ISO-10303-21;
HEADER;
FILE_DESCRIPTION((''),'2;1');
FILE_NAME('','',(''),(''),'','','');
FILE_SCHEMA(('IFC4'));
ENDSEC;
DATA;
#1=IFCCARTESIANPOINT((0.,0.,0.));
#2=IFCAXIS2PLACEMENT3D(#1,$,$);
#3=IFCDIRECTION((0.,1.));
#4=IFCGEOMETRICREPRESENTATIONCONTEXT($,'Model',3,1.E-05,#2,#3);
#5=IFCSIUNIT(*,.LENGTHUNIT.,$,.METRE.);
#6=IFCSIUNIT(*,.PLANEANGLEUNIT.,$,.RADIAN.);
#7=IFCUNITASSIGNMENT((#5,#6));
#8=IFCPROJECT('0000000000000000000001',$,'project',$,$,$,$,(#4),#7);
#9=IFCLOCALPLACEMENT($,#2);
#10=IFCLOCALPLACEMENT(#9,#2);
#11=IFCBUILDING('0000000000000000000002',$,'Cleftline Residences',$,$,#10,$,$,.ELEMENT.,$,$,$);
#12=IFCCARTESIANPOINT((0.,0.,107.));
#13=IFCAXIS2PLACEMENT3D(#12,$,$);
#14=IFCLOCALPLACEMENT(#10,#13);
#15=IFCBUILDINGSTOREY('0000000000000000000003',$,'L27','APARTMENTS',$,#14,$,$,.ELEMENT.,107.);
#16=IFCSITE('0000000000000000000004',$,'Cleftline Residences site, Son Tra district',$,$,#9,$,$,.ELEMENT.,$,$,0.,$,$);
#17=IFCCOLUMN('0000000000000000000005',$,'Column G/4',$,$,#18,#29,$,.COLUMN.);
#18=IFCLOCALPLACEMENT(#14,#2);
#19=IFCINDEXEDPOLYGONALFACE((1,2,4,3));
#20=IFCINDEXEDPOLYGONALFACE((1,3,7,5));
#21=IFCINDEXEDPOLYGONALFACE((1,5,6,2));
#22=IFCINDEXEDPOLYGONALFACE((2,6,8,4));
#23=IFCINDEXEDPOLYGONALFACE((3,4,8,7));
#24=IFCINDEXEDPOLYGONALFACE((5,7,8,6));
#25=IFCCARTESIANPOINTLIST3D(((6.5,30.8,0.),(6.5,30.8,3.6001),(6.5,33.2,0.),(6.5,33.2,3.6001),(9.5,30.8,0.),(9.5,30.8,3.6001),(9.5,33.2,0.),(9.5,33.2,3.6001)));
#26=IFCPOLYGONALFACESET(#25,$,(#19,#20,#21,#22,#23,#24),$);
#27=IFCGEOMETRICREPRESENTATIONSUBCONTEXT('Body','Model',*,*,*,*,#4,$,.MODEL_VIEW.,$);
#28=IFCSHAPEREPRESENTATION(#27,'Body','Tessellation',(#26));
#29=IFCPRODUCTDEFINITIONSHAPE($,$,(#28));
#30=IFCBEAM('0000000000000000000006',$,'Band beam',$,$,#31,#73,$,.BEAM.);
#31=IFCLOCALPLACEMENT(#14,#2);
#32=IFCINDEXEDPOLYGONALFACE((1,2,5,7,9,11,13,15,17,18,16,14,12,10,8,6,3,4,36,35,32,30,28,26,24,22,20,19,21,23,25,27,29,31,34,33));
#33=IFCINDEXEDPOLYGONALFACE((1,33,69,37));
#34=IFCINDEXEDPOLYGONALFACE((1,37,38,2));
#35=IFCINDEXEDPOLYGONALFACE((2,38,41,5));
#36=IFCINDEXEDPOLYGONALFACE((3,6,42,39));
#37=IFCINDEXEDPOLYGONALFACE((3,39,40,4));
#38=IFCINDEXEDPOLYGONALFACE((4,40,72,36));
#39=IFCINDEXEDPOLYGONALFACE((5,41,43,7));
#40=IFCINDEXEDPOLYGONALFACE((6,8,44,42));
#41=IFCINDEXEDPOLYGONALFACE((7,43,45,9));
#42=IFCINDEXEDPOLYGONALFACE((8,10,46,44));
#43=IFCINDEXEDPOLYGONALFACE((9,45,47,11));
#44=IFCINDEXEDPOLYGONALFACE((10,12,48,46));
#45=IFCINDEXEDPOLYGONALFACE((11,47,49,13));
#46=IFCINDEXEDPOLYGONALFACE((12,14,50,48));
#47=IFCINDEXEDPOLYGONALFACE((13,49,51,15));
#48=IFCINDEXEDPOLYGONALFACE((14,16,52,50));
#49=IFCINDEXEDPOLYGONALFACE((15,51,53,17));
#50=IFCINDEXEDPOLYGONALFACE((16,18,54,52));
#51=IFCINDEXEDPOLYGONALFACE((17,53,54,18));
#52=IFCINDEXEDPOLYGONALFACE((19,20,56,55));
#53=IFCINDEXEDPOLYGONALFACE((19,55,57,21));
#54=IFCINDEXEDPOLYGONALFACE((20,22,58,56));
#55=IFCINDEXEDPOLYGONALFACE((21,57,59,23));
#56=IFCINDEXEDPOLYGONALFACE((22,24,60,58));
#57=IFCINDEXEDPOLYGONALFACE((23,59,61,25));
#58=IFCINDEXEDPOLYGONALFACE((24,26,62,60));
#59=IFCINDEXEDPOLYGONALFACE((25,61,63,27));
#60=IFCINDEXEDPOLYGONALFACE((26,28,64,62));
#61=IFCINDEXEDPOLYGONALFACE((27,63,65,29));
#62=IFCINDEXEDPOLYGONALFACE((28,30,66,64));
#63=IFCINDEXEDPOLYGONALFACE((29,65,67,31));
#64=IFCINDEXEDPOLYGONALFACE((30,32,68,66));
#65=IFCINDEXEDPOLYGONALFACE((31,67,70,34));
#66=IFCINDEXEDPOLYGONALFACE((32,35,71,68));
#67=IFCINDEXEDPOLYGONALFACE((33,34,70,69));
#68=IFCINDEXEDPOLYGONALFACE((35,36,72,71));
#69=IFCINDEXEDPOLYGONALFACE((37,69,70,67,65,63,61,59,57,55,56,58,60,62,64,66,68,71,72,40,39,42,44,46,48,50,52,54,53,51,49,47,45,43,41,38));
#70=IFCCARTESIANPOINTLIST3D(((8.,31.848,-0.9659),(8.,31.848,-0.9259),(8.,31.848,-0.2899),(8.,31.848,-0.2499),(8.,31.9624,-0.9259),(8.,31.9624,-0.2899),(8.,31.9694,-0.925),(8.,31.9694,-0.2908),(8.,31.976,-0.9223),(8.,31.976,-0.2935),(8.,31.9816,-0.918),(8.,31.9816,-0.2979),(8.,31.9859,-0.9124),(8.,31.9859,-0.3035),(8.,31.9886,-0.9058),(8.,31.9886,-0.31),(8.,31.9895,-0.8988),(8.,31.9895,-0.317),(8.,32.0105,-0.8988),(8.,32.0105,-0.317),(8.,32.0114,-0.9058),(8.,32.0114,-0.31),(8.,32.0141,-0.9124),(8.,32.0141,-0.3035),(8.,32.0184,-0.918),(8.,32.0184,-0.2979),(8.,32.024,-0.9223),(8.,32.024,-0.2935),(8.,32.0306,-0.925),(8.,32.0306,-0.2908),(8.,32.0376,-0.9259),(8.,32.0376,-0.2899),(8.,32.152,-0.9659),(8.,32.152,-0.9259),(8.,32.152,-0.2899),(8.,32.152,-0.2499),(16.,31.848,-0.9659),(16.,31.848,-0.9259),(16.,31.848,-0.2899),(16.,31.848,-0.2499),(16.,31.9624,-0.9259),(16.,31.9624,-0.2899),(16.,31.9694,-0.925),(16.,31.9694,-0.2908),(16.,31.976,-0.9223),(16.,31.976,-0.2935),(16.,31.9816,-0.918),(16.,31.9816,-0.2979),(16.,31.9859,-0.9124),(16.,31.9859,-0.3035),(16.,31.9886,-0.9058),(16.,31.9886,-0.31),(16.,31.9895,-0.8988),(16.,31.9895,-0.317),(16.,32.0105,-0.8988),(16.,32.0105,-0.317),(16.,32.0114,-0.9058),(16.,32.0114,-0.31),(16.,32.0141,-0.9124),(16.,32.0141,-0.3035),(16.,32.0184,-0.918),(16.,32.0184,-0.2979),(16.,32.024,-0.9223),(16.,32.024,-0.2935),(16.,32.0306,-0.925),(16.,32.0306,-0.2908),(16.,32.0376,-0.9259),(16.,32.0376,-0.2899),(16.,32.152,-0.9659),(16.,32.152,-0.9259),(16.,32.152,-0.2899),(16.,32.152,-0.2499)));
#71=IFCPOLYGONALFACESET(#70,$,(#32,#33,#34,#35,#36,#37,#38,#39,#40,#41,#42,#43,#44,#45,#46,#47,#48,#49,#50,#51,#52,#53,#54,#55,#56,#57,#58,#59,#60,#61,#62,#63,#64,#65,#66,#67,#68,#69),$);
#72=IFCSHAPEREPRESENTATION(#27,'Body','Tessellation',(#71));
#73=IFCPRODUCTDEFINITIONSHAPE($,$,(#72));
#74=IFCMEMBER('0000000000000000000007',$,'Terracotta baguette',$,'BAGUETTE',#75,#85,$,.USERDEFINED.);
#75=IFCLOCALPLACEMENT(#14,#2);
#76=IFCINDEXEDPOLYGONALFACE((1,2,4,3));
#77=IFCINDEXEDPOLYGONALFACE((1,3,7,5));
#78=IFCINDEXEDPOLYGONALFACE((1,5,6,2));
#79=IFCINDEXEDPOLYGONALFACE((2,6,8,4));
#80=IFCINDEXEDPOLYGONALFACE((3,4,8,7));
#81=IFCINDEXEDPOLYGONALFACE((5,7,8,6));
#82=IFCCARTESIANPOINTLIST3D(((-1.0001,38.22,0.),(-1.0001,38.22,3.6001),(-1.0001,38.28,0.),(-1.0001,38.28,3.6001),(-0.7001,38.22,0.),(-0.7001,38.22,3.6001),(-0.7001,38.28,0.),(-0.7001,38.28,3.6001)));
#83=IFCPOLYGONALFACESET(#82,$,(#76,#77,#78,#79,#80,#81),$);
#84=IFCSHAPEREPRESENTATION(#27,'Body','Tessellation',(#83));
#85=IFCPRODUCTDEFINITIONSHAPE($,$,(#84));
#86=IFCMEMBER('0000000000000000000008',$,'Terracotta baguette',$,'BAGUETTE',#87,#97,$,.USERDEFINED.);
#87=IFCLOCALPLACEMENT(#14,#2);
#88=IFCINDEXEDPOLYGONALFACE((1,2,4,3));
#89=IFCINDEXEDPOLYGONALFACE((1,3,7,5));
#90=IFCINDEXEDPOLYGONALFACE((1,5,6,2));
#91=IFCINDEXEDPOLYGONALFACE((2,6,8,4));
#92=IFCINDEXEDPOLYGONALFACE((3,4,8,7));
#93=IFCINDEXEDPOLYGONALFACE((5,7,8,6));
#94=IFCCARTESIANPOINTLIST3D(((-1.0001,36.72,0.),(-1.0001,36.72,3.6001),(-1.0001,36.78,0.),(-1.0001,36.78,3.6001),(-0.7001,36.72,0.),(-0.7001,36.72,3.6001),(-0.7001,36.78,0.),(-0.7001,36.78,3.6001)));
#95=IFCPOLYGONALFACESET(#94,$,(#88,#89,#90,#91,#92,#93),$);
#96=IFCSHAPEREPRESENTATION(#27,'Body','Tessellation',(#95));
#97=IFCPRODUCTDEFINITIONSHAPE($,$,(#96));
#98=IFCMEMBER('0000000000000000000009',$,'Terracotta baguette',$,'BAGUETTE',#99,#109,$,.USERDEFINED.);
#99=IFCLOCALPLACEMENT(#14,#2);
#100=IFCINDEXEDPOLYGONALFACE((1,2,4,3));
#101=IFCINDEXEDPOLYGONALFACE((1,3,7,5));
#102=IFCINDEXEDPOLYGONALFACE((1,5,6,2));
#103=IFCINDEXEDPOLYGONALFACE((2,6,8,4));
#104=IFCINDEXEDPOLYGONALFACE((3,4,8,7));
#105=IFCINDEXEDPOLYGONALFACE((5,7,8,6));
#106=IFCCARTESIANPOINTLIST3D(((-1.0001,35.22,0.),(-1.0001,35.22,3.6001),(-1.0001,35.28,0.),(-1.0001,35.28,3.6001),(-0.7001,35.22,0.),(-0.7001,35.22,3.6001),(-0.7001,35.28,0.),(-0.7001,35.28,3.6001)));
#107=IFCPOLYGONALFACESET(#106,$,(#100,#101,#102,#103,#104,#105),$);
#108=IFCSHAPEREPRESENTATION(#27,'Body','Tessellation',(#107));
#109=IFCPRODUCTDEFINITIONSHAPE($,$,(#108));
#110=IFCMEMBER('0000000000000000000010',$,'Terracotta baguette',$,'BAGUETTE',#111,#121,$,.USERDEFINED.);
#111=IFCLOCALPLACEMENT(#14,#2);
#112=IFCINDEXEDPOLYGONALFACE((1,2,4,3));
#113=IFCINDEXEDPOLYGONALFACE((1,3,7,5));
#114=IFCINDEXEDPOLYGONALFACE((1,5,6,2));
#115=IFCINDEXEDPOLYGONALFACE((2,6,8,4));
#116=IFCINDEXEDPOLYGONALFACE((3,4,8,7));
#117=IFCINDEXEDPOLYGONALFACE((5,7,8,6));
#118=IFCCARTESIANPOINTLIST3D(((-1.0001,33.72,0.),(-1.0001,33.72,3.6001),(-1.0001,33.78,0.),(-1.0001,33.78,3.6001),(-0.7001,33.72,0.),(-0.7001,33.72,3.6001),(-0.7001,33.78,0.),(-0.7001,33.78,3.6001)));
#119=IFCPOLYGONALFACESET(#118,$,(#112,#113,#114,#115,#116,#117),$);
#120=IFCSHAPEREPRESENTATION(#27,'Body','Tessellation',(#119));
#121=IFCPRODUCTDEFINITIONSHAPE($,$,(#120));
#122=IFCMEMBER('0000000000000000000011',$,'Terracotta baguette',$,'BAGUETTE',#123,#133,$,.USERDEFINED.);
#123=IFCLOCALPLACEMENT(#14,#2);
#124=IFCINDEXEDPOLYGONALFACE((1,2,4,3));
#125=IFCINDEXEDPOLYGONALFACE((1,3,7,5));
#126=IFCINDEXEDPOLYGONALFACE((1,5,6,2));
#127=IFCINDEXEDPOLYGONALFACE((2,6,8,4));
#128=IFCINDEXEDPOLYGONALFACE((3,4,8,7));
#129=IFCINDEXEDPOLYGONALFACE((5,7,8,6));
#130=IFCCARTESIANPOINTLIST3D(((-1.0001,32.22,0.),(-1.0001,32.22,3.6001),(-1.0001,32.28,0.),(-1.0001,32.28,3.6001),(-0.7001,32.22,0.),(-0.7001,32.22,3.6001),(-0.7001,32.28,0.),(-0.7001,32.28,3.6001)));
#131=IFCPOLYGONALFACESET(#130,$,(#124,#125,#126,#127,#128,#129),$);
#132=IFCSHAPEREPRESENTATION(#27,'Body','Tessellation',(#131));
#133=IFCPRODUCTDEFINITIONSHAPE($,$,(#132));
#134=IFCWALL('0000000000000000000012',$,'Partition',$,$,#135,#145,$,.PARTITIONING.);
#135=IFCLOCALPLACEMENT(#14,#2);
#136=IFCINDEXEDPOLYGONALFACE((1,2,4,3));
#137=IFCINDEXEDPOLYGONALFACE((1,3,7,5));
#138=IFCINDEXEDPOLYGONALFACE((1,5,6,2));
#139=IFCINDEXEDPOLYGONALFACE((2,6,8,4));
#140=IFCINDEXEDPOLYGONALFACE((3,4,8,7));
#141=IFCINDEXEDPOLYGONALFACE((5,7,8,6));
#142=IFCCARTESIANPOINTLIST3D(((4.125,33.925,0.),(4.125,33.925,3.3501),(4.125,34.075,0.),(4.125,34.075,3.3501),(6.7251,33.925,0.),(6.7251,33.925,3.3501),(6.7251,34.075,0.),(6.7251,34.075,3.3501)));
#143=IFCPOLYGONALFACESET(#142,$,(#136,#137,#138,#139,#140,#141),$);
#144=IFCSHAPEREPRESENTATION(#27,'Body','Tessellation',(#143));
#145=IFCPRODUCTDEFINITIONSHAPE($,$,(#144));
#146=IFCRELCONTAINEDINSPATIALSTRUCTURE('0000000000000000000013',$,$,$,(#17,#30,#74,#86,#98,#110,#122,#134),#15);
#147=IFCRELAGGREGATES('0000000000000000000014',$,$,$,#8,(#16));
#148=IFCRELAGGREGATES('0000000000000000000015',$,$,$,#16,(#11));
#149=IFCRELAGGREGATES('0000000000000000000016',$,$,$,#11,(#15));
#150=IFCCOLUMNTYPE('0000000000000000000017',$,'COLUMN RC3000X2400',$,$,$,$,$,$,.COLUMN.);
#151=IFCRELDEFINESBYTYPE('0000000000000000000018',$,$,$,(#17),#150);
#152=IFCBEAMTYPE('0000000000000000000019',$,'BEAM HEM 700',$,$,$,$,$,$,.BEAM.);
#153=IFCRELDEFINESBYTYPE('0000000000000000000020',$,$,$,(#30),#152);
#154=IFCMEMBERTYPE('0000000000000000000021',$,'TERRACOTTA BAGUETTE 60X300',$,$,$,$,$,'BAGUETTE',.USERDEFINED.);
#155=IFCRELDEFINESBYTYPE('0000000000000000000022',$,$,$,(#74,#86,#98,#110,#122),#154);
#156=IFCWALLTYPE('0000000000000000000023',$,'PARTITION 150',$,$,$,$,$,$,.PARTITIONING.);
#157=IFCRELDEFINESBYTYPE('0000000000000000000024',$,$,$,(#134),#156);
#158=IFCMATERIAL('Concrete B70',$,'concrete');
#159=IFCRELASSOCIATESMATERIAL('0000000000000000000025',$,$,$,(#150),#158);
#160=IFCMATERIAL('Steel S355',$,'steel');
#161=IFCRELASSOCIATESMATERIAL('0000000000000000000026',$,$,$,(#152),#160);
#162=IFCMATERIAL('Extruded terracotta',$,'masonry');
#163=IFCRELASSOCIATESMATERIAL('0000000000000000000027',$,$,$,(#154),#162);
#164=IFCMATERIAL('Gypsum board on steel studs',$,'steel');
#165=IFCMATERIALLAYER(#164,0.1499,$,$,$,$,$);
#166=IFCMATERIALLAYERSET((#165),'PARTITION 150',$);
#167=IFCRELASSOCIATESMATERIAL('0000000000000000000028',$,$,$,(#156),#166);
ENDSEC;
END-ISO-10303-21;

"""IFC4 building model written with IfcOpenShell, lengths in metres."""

from ifc_helpers import new_model, si_unit, direction, frame, frame_2d, origin, origin_2d, place, context, subcontext, project, spatial, rectangle, i_section, extrude, material, layer, layer_set, material_profile, profile_set, type_object, element, save


model = new_model("IFC4")

# Units and contexts
model_context = context("Model", 3, precision=1e-05, world=origin(), true_north=direction((0.0, 1.0)))
body_context = subcontext(model_context, "Body", "Model", "MODEL_VIEW")
ifc_project = project(units=[si_unit("LENGTHUNIT", "METRE"), si_unit("PLANEANGLEUNIT", "RADIAN")], contexts=[model_context])

# Site, building, storey
site_placement = place(None, origin())
site = spatial("IfcSite", under=ifc_project, at=site_placement, Name="Cleftline Residences site, Son Tra district", CompositionType="ELEMENT", RefElevation=0.0)
building_placement = place(site_placement, origin())
building = spatial("IfcBuilding", under=site, at=building_placement, Name="Cleftline Residences", CompositionType="ELEMENT")
storey_placement = place(building_placement, frame((0.0, 0.0, 107.0)))
storey = spatial("IfcBuildingStorey", under=building, at=storey_placement, Name="L27", Description="APARTMENTS", CompositionType="ELEMENT", Elevation=107.0)

# Column
ifc_material_1 = material(Name="Concrete B70", Category="concrete")
ifc_material_profile_1 = material_profile(ifc_material_1, rectangle(XDim=3.0, YDim=2.3999, at=origin_2d()))
ifc_profile_set_1 = profile_set([ifc_material_profile_1], Name="Concrete B70")
column_type = type_object("IfcColumnType", Name="COLUMN RC3000X2400", PredefinedType="COLUMN", material=ifc_profile_set_1)
column_placement = place(storey_placement, frame((8.0, 32.0, 0.0), z_axis=(0.0, 0.0, 1.0), x_axis=(1.0, 0.0, 0.0)))
element("IfcColumn", 1, at=column_placement, inside=storey, type_object=column_type, Name="Column G/4", PredefinedType="COLUMN", context=body_context, shape_type="SweptSolid", body=[
    extrude(rectangle(XDim=3.0, YDim=2.3999, at=origin_2d()), origin(), (0.0, 0.0, 1.0), 3.6001),
])

# Beam
ifc_material_2 = material(Name="Steel S355", Category="steel")
ifc_material_profile_2 = material_profile(ifc_material_2, i_section(OverallWidth=0.304, OverallDepth=0.7161, WebThickness=0.021, FlangeThickness=0.04, FilletRadius=0.0271, at=origin_2d()))
ifc_profile_set_2 = profile_set([ifc_material_profile_2], Name="Steel S355")
beam_type = type_object("IfcBeamType", Name="BEAM HEM 700", PredefinedType="BEAM", material=ifc_profile_set_2)
beam_placement = place(storey_placement, frame((8.0, 32.0, -0.6079), z_axis=(1.0, 0.0, 0.0), x_axis=(0.0, 1.0, 0.0)))
element("IfcBeam", 2, at=beam_placement, inside=storey, type_object=beam_type, Name="Band beam", PredefinedType="BEAM", context=body_context, shape_type="SweptSolid", body=[
    extrude(i_section(OverallWidth=0.304, OverallDepth=0.7161, WebThickness=0.021, FlangeThickness=0.04, FilletRadius=0.0271, at=origin_2d()), origin(), (0.0, 0.0, 1.0), 8.0),
])

# Members
ifc_material_3 = material(Name="Extruded terracotta", Category="masonry")
ifc_material_profile_3 = material_profile(ifc_material_3, rectangle(XDim=0.0601, YDim=0.3, at=origin_2d()))
ifc_profile_set_3 = profile_set([ifc_material_profile_3], Name="Extruded terracotta")
member_type = type_object("IfcMemberType", Name="TERRACOTTA BAGUETTE 60X300", ElementType="BAGUETTE", PredefinedType="USERDEFINED", material=ifc_profile_set_3)
for number, where, z_axis, x_axis, name in (
    (3, (-0.8501, 38.25, 0.0), (0.0, 0.0, 1.0), (0.0, 1.0, 0.0), "Terracotta baguette"),
    (4, (-0.8501, 36.75, 0.0), (0.0, 0.0, 1.0), (0.0, 1.0, 0.0), "Terracotta baguette"),
    (5, (-0.8501, 35.25, 0.0), (0.0, 0.0, 1.0), (0.0, 1.0, 0.0), "Terracotta baguette"),
    (6, (-0.8501, 33.75, 0.0), (0.0, 0.0, 1.0), (0.0, 1.0, 0.0), "Terracotta baguette"),
    (7, (-0.8501, 32.25, 0.0), (0.0, 0.0, 1.0), (0.0, 1.0, 0.0), "Terracotta baguette"),
):
    element("IfcMember", number, at=place(storey_placement, frame(where, z_axis=z_axis, x_axis=x_axis)), inside=storey, type_object=member_type, Name=name, ObjectType="BAGUETTE", PredefinedType="USERDEFINED", context=body_context, shape_type="SweptSolid", body=[
        extrude(rectangle(XDim=0.0601, YDim=0.3, at=origin_2d()), origin(), (0.0, 0.0, 1.0), 3.6001),
    ])

# Wall
ifc_material_4 = material(Name="Gypsum board on steel studs", Category="steel")
ifc_layer = layer(ifc_material_4, 0.1499)
ifc_layer_set = layer_set([ifc_layer], Name="PARTITION 150")
wall_type = type_object("IfcWallType", Name="PARTITION 150", PredefinedType="PARTITIONING", material=ifc_layer_set)
wall_1_placement = place(storey_placement, frame((4.125, 34.0, 0.0), z_axis=(0.0, 0.0, 1.0), x_axis=(1.0, 0.0, 0.0)))
element("IfcWall", 8, at=wall_1_placement, inside=storey, type_object=wall_type, Name="Partition", PredefinedType="PARTITIONING", context=body_context, shape_type="SweptSolid", body=[
    extrude(rectangle(XDim=2.6001, YDim=0.1499, at=frame_2d((1.3, 0.0))), origin(), (0.0, 0.0, 1.0), 3.3501),
])

save(model, "model.ifc")
